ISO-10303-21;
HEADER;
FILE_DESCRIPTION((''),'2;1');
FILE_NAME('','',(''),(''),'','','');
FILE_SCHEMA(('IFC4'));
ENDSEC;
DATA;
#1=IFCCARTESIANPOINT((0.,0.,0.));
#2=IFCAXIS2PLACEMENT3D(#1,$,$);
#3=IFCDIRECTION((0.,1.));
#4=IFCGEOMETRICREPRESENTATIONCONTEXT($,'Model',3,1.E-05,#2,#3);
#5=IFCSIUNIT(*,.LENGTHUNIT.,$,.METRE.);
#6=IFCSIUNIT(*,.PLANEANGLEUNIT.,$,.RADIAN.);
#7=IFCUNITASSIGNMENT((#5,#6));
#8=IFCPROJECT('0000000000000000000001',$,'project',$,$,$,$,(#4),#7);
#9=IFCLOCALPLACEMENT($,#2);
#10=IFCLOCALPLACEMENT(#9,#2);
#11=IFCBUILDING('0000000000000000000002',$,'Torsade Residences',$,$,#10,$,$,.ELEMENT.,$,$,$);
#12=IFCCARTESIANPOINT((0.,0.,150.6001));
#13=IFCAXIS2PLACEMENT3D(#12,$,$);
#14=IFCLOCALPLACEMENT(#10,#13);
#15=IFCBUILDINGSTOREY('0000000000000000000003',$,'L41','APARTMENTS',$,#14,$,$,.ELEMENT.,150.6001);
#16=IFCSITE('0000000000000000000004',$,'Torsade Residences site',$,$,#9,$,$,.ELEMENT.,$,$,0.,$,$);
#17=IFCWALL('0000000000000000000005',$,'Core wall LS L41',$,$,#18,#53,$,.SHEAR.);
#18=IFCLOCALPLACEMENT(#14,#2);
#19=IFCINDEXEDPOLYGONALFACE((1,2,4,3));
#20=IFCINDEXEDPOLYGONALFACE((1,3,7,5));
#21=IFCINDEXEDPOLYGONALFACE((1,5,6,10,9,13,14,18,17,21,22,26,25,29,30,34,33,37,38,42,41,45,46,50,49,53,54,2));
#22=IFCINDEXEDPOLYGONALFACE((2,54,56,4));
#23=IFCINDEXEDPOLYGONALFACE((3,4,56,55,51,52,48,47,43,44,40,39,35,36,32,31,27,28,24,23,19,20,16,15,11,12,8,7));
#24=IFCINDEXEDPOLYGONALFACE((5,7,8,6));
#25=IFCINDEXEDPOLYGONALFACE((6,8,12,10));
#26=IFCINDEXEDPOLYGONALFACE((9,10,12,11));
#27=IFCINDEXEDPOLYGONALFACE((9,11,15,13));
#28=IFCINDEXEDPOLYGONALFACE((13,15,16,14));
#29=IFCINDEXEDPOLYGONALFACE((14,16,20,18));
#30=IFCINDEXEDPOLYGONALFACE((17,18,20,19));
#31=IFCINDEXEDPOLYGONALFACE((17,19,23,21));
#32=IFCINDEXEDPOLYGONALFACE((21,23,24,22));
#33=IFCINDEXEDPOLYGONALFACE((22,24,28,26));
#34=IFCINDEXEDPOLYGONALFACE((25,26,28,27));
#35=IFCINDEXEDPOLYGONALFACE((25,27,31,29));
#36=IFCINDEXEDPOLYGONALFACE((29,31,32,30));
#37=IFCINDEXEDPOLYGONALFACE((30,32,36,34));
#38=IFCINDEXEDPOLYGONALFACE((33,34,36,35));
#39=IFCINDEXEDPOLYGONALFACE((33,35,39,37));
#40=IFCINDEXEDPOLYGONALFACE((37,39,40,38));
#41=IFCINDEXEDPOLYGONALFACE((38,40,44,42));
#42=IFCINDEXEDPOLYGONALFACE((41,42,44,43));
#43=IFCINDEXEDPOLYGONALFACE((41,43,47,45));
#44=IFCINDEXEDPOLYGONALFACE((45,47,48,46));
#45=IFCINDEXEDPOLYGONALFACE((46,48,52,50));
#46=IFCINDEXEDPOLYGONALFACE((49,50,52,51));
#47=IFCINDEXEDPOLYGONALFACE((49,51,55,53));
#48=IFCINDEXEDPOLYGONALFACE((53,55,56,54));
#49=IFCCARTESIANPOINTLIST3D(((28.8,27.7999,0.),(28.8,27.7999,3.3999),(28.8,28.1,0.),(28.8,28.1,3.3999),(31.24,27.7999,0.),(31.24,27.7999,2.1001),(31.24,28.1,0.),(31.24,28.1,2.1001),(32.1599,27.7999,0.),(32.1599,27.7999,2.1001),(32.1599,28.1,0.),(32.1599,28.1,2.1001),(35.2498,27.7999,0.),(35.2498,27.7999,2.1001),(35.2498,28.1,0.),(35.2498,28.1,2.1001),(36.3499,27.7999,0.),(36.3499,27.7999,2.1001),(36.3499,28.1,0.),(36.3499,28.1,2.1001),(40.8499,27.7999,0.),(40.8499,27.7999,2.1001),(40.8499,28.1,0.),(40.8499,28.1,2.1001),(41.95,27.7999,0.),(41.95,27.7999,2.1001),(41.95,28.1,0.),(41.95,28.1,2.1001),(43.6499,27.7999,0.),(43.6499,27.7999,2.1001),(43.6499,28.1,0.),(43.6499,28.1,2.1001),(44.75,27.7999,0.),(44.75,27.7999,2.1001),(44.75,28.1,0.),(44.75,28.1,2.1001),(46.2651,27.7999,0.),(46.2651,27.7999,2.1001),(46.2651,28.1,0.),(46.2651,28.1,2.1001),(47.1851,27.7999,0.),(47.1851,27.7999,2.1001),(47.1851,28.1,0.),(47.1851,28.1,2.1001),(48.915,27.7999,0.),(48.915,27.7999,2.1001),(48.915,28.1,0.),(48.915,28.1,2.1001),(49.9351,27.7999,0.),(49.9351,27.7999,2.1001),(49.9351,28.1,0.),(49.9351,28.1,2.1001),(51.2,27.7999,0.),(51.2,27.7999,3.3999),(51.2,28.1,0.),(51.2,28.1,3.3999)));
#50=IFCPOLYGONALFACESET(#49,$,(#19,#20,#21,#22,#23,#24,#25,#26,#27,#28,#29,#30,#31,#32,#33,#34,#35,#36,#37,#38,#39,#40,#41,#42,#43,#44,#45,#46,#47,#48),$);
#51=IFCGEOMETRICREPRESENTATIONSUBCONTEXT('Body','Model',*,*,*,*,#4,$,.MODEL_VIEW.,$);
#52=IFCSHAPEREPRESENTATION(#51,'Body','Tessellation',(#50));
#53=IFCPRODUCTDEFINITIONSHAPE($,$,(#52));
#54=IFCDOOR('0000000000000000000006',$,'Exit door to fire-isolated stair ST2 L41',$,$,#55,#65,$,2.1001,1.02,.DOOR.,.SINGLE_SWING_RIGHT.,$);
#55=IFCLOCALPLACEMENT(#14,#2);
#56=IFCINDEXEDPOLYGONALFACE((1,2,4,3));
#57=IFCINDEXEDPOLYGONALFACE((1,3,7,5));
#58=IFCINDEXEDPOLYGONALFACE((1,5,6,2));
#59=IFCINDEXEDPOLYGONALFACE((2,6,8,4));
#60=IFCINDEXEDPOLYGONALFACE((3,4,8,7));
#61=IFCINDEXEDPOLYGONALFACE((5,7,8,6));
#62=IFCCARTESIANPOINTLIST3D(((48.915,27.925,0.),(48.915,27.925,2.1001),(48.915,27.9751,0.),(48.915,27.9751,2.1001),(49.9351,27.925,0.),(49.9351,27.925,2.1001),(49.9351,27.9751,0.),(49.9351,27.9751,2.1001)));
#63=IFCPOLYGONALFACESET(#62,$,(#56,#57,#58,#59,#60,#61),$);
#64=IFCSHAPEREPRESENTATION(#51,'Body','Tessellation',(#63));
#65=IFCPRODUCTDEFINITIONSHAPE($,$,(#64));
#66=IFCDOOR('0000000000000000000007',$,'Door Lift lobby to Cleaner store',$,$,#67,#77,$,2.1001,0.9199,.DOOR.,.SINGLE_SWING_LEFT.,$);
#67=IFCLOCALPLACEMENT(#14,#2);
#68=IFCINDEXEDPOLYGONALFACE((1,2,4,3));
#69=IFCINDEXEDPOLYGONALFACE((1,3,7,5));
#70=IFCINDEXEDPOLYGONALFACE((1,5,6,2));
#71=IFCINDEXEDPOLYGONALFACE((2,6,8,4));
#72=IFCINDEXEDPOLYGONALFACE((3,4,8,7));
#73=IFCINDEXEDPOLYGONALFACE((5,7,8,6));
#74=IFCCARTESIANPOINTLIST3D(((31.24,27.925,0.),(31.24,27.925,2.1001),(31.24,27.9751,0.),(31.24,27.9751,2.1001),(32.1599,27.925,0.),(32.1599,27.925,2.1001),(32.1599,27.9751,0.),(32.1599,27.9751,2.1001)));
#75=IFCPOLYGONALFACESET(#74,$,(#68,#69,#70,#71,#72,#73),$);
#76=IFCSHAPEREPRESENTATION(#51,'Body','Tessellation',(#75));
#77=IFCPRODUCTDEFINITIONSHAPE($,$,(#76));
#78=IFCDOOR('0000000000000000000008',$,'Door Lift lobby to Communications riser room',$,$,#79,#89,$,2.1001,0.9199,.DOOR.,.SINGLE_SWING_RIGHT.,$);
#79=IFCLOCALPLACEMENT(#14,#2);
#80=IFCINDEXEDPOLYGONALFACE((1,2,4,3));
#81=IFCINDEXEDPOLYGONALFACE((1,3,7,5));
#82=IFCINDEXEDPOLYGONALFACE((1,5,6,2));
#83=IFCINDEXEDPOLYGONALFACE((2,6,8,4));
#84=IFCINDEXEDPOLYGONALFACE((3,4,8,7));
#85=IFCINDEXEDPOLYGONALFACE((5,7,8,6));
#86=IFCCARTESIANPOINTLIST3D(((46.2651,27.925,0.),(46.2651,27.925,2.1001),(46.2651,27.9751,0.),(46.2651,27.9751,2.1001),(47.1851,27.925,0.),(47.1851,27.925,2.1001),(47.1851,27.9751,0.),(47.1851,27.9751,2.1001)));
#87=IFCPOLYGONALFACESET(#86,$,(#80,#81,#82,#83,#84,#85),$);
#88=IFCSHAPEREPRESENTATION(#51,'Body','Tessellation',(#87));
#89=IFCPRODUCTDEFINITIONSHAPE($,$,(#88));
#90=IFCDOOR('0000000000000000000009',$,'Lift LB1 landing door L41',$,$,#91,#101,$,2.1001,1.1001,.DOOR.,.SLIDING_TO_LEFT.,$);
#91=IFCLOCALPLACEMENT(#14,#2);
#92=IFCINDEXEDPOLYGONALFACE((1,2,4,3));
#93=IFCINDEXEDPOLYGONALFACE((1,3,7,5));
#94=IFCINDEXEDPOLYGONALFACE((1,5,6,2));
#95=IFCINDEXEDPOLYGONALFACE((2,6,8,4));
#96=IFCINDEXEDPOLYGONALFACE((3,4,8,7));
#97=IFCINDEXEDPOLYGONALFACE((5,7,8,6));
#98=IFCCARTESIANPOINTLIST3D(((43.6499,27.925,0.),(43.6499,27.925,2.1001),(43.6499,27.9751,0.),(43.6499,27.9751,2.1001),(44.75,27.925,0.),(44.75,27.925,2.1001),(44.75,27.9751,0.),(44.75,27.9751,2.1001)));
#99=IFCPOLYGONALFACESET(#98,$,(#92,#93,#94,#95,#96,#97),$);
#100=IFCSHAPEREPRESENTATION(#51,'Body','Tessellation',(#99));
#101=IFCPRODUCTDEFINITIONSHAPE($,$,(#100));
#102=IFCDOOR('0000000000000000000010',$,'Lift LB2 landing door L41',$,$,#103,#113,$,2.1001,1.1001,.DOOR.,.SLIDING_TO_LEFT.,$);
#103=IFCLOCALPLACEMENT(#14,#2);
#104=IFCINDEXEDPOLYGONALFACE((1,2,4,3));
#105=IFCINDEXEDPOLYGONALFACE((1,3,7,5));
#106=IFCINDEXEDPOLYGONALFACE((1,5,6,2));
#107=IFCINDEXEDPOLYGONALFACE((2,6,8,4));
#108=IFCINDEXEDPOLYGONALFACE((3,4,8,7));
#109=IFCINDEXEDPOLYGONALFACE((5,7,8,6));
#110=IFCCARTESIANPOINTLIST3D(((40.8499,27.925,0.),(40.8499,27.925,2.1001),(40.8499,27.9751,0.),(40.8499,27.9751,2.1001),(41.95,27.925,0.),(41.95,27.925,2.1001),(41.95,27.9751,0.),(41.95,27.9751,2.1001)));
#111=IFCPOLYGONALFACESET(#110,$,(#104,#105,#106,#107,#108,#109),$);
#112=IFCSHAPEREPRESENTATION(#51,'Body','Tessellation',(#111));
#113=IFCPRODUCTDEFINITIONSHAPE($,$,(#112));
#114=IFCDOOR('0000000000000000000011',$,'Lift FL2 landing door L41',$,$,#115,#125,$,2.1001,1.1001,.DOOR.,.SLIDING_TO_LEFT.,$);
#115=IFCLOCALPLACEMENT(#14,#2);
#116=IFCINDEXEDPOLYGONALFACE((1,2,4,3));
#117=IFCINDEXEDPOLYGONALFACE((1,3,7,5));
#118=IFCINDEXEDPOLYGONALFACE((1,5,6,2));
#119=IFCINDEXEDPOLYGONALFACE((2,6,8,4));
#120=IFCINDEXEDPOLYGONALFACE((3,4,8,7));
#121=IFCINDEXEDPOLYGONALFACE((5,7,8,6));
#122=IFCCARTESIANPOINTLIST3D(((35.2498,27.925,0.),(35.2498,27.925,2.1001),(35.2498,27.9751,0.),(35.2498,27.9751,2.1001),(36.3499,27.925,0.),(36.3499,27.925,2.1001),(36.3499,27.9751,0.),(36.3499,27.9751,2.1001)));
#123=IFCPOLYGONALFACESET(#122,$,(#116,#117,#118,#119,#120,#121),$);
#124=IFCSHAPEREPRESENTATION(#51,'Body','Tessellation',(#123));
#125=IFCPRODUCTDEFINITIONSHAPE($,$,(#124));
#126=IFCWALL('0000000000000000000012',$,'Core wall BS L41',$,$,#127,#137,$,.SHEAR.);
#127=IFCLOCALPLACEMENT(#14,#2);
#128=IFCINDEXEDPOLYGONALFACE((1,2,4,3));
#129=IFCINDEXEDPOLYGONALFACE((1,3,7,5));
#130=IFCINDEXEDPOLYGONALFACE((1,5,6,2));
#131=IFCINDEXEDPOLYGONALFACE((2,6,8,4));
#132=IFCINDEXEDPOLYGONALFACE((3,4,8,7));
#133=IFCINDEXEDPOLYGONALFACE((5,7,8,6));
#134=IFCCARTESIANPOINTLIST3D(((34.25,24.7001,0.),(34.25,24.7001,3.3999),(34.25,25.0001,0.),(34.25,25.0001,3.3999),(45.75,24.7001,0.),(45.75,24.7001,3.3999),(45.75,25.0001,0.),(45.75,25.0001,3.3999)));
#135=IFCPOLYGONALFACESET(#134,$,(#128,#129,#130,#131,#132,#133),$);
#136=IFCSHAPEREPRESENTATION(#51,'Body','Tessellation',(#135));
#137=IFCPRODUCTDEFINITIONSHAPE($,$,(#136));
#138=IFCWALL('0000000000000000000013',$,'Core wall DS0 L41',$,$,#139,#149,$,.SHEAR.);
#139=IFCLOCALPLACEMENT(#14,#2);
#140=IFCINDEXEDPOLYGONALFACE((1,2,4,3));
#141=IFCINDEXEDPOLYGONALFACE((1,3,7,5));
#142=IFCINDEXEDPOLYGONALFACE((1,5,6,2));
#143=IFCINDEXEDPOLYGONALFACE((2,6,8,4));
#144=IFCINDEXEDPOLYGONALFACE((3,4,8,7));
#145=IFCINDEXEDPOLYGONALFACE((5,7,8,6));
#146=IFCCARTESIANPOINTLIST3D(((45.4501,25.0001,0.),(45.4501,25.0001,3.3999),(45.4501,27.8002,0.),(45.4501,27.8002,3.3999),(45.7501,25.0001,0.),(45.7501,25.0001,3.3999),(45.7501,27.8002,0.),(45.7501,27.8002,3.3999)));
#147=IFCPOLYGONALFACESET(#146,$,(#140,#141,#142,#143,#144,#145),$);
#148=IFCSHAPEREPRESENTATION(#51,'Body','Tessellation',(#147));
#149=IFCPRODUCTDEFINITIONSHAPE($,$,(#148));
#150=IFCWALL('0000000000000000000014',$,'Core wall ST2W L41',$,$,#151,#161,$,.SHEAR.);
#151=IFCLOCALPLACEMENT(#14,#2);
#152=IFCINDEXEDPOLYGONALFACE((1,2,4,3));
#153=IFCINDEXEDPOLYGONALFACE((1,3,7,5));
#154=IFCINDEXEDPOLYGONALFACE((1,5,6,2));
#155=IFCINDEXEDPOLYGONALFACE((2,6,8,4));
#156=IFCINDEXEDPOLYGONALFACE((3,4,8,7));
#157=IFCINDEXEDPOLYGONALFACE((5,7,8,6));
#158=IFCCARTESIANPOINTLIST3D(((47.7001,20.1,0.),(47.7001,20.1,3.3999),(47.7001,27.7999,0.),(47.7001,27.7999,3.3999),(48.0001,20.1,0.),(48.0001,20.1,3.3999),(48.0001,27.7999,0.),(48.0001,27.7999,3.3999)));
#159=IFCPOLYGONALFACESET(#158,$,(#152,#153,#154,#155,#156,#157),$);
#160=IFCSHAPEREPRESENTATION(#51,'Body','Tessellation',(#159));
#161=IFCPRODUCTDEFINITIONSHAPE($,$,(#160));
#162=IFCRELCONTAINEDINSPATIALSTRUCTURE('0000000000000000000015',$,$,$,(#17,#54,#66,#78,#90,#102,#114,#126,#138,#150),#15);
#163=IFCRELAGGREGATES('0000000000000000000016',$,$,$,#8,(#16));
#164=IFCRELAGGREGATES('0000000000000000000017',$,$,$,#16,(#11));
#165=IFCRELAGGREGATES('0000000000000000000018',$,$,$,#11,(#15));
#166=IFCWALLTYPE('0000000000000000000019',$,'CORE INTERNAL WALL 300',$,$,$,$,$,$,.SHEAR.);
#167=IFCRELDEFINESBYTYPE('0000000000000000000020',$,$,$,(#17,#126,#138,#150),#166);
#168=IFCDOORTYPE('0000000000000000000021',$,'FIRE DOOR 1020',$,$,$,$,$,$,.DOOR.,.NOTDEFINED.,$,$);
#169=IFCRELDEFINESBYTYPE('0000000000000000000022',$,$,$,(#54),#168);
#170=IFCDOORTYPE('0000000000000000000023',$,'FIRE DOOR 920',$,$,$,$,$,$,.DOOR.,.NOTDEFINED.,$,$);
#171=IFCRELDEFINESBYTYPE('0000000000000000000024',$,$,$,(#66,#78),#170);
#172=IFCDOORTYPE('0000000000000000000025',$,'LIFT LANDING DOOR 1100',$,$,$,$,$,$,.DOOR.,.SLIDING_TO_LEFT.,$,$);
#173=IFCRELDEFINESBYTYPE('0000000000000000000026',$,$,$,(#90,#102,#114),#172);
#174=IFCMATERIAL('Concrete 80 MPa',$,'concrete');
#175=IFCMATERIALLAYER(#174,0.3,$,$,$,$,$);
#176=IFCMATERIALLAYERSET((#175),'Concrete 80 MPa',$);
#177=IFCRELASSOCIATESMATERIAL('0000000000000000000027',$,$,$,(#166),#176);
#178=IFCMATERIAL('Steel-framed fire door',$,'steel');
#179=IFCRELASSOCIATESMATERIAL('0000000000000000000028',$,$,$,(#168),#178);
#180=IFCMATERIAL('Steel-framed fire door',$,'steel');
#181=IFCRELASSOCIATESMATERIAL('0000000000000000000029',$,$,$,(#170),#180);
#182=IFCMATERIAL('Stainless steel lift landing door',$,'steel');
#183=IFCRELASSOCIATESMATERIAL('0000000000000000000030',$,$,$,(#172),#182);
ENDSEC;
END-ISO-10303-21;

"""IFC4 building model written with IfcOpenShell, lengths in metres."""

from ifc_helpers import new_model, si_unit, direction, frame, frame_2d, origin, place, context, subcontext, project, spatial, rectangle, extrude, material, layer, layer_set, type_object, element, fill, save


model = new_model("IFC4")

# Units and contexts
model_context = context("Model", 3, precision=1e-05, world=origin(), true_north=direction((0.0, 1.0)))
body_context = subcontext(model_context, "Body", "Model", "MODEL_VIEW")
ifc_project = project(units=[si_unit("LENGTHUNIT", "METRE"), si_unit("PLANEANGLEUNIT", "RADIAN")], contexts=[model_context])

# Site, building, storey
site_placement = place(None, origin())
site = spatial("IfcSite", under=ifc_project, at=site_placement, Name="Torsade Residences site", CompositionType="ELEMENT", RefElevation=0.0)
building_placement = place(site_placement, origin())
building = spatial("IfcBuilding", under=site, at=building_placement, Name="Torsade Residences", CompositionType="ELEMENT")
storey_placement = place(building_placement, frame((0.0, 0.0, 150.6001)))
storey = spatial("IfcBuildingStorey", under=building, at=storey_placement, Name="L41", Description="APARTMENTS", CompositionType="ELEMENT", Elevation=150.6001)

# Wall, openings, doors
ifc_material_1 = material(Name="Concrete 80 MPa", Category="concrete")
ifc_layer_1 = layer(ifc_material_1, 0.3)
ifc_layer_set_1 = layer_set([ifc_layer_1], Name="Concrete 80 MPa")
wall_type_1 = type_object("IfcWallType", Name="CORE INTERNAL WALL 300", PredefinedType="SHEAR", material=ifc_layer_set_1)
wall_1_placement = place(storey_placement, frame((51.2, 27.95, 0.0), z_axis=(0.0, 0.0, 1.0), x_axis=(-1.0, 0.0, 0.0)))
wall_1 = element("IfcWall", 1, at=wall_1_placement, inside=storey, type_object=wall_type_1, Name="Core wall LS L41", PredefinedType="SHEAR", context=body_context, shape_type="SweptSolid", body=[
    extrude(rectangle(XDim=22.3999, YDim=0.3, at=frame_2d((11.2, 0.0))), origin(), (0.0, 0.0, 1.0), 3.3999),
])
opening_1_placement = place(wall_1_placement, frame((19.04, 0.0, 0.0)))
opening_1 = element("IfcOpeningElement", 2, at=opening_1_placement, cuts=wall_1, PredefinedType="OPENING", context=body_context, shape_type="SweptSolid", body=[
    extrude(rectangle(XDim=0.9199, YDim=2.1001, at=frame_2d((0.46, 1.05))), frame((0.0, 0.1599, 0.0), z_axis=(0.0, -1.0, 0.0), x_axis=(1.0, 0.0, 0.0)), (0.0, 0.0, 1.0), 0.3201),
])
opening_2_placement = place(wall_1_placement, frame((1.2649, 0.0, 0.0)))
opening_2 = element("IfcOpeningElement", 3, at=opening_2_placement, cuts=wall_1, PredefinedType="OPENING", context=body_context, shape_type="SweptSolid", body=[
    extrude(rectangle(XDim=1.02, YDim=2.1001, at=frame_2d((0.51, 1.05))), frame((0.0, 0.1599, 0.0), z_axis=(0.0, -1.0, 0.0), x_axis=(1.0, 0.0, 0.0)), (0.0, 0.0, 1.0), 0.3201),
])
opening_3_placement = place(wall_1_placement, frame((4.0149, 0.0, 0.0)))
opening_3 = element("IfcOpeningElement", 4, at=opening_3_placement, cuts=wall_1, PredefinedType="OPENING", context=body_context, shape_type="SweptSolid", body=[
    extrude(rectangle(XDim=0.9199, YDim=2.1001, at=frame_2d((0.46, 1.05))), frame((0.0, 0.1599, 0.0), z_axis=(0.0, -1.0, 0.0), x_axis=(1.0, 0.0, 0.0)), (0.0, 0.0, 1.0), 0.3201),
])
opening_4_placement = place(wall_1_placement, frame((6.45, 0.0, 0.0)))
opening_4 = element("IfcOpeningElement", 5, at=opening_4_placement, cuts=wall_1, PredefinedType="OPENING", context=body_context, shape_type="SweptSolid", body=[
    extrude(rectangle(XDim=1.1001, YDim=2.1001, at=frame_2d((0.55, 1.05))), frame((0.0, 0.1599, 0.0), z_axis=(0.0, -1.0, 0.0), x_axis=(1.0, 0.0, 0.0)), (0.0, 0.0, 1.0), 0.3201),
])
opening_5_placement = place(wall_1_placement, frame((9.25, 0.0, 0.0)))
opening_5 = element("IfcOpeningElement", 6, at=opening_5_placement, cuts=wall_1, PredefinedType="OPENING", context=body_context, shape_type="SweptSolid", body=[
    extrude(rectangle(XDim=1.1001, YDim=2.1001, at=frame_2d((0.55, 1.05))), frame((0.0, 0.1599, 0.0), z_axis=(0.0, -1.0, 0.0), x_axis=(1.0, 0.0, 0.0)), (0.0, 0.0, 1.0), 0.3201),
])
opening_6_placement = place(wall_1_placement, frame((14.8501, 0.0, 0.0)))
opening_6 = element("IfcOpeningElement", 7, at=opening_6_placement, cuts=wall_1, PredefinedType="OPENING", context=body_context, shape_type="SweptSolid", body=[
    extrude(rectangle(XDim=1.1001, YDim=2.1001, at=frame_2d((0.55, 1.05))), frame((0.0, 0.1599, 0.0), z_axis=(0.0, -1.0, 0.0), x_axis=(1.0, 0.0, 0.0)), (0.0, 0.0, 1.0), 0.3201),
])
ifc_material_2 = material(Name="Steel-framed fire door", Category="steel")
door_type_1 = type_object("IfcDoorType", Name="FIRE DOOR 1020", OperationType="NOTDEFINED", PredefinedType="DOOR", material=ifc_material_2)
door_1_placement = place(opening_2_placement, origin())
door_1 = element("IfcDoor", 8, at=door_1_placement, inside=storey, type_object=door_type_1, Name="Exit door to fire-isolated stair ST2 L41", OperationType="SINGLE_SWING_RIGHT", OverallHeight=2.1001, OverallWidth=1.02, PredefinedType="DOOR", context=body_context, shape_type="SweptSolid", body=[
    extrude(rectangle(XDim=1.02, YDim=2.1001, at=frame_2d((0.51, 1.05))), frame((0.0, 0.0249, 0.0), z_axis=(0.0, -1.0, 0.0), x_axis=(1.0, 0.0, 0.0)), (0.0, 0.0, 1.0), 0.05),
])
fill(opening_2, door_1)
ifc_material_3 = material(Name="Steel-framed fire door", Category="steel")
door_type_2 = type_object("IfcDoorType", Name="FIRE DOOR 920", OperationType="NOTDEFINED", PredefinedType="DOOR", material=ifc_material_3)
door_2_placement = place(opening_1_placement, origin())
door_2 = element("IfcDoor", 9, at=door_2_placement, inside=storey, type_object=door_type_2, Name="Door Lift lobby to Cleaner store", OperationType="SINGLE_SWING_LEFT", OverallHeight=2.1001, OverallWidth=0.9199, PredefinedType="DOOR", context=body_context, shape_type="SweptSolid", body=[
    extrude(rectangle(XDim=0.9199, YDim=2.1001, at=frame_2d((0.46, 1.05))), frame((0.0, 0.0249, 0.0), z_axis=(0.0, -1.0, 0.0), x_axis=(1.0, 0.0, 0.0)), (0.0, 0.0, 1.0), 0.05),
])
fill(opening_1, door_2)
door_3_placement = place(opening_3_placement, origin())
door_3 = element("IfcDoor", 10, at=door_3_placement, inside=storey, type_object=door_type_2, Name="Door Lift lobby to Communications riser room", OperationType="SINGLE_SWING_RIGHT", OverallHeight=2.1001, OverallWidth=0.9199, PredefinedType="DOOR", context=body_context, shape_type="SweptSolid", body=[
    extrude(rectangle(XDim=0.9199, YDim=2.1001, at=frame_2d((0.46, 1.05))), frame((0.0, 0.0249, 0.0), z_axis=(0.0, -1.0, 0.0), x_axis=(1.0, 0.0, 0.0)), (0.0, 0.0, 1.0), 0.05),
])
fill(opening_3, door_3)
ifc_material_4 = material(Name="Stainless steel lift landing door", Category="steel")
door_type_3 = type_object("IfcDoorType", Name="LIFT LANDING DOOR 1100", OperationType="SLIDING_TO_LEFT", PredefinedType="DOOR", material=ifc_material_4)
door_4_placement = place(opening_4_placement, origin())
door_4 = element("IfcDoor", 11, at=door_4_placement, inside=storey, type_object=door_type_3, Name="Lift LB1 landing door L41", OperationType="SLIDING_TO_LEFT", OverallHeight=2.1001, OverallWidth=1.1001, PredefinedType="DOOR", context=body_context, shape_type="SweptSolid", body=[
    extrude(rectangle(XDim=1.1001, YDim=2.1001, at=frame_2d((0.55, 1.05))), frame((0.0, 0.0249, 0.0), z_axis=(0.0, -1.0, 0.0), x_axis=(1.0, 0.0, 0.0)), (0.0, 0.0, 1.0), 0.05),
])
fill(opening_4, door_4)
door_5_placement = place(opening_5_placement, origin())
door_5 = element("IfcDoor", 12, at=door_5_placement, inside=storey, type_object=door_type_3, Name="Lift LB2 landing door L41", OperationType="SLIDING_TO_LEFT", OverallHeight=2.1001, OverallWidth=1.1001, PredefinedType="DOOR", context=body_context, shape_type="SweptSolid", body=[
    extrude(rectangle(XDim=1.1001, YDim=2.1001, at=frame_2d((0.55, 1.05))), frame((0.0, 0.0249, 0.0), z_axis=(0.0, -1.0, 0.0), x_axis=(1.0, 0.0, 0.0)), (0.0, 0.0, 1.0), 0.05),
])
fill(opening_5, door_5)
door_6_placement = place(opening_6_placement, origin())
door_6 = element("IfcDoor", 13, at=door_6_placement, inside=storey, type_object=door_type_3, Name="Lift FL2 landing door L41", OperationType="SLIDING_TO_LEFT", OverallHeight=2.1001, OverallWidth=1.1001, PredefinedType="DOOR", context=body_context, shape_type="SweptSolid", body=[
    extrude(rectangle(XDim=1.1001, YDim=2.1001, at=frame_2d((0.55, 1.05))), frame((0.0, 0.0249, 0.0), z_axis=(0.0, -1.0, 0.0), x_axis=(1.0, 0.0, 0.0)), (0.0, 0.0, 1.0), 0.05),
])
fill(opening_6, door_6)

# Walls
wall_2_placement = place(storey_placement, frame((45.75, 24.8501, 0.0), z_axis=(0.0, 0.0, 1.0), x_axis=(-1.0, 0.0, 0.0)))
element("IfcWall", 14, at=wall_2_placement, inside=storey, type_object=wall_type_1, Name="Core wall BS L41", PredefinedType="SHEAR", context=body_context, shape_type="SweptSolid", body=[
    extrude(rectangle(XDim=11.5, YDim=0.3, at=frame_2d((5.75, 0.0))), origin(), (0.0, 0.0, 1.0), 3.3999),
])
wall_3_placement = place(storey_placement, frame((45.6001, 27.8, 0.0), z_axis=(0.0, 0.0, 1.0), x_axis=(0.0, -1.0, 0.0)))
element("IfcWall", 15, at=wall_3_placement, inside=storey, type_object=wall_type_1, Name="Core wall DS0 L41", PredefinedType="SHEAR", context=body_context, shape_type="SweptSolid", body=[
    extrude(rectangle(XDim=2.8, YDim=0.3, at=frame_2d((1.3999, 0.0))), origin(), (0.0, 0.0, 1.0), 3.3999),
])
wall_4_placement = place(storey_placement, frame((47.8501, 27.8, 0.0), z_axis=(0.0, 0.0, 1.0), x_axis=(0.0, -1.0, 0.0)))
element("IfcWall", 16, at=wall_4_placement, inside=storey, type_object=wall_type_1, Name="Core wall ST2W L41", PredefinedType="SHEAR", context=body_context, shape_type="SweptSolid", body=[
    extrude(rectangle(XDim=7.7, YDim=0.3, at=frame_2d((3.8501, 0.0))), origin(), (0.0, 0.0, 1.0), 3.3999),
])

save(model, "model.ifc")
